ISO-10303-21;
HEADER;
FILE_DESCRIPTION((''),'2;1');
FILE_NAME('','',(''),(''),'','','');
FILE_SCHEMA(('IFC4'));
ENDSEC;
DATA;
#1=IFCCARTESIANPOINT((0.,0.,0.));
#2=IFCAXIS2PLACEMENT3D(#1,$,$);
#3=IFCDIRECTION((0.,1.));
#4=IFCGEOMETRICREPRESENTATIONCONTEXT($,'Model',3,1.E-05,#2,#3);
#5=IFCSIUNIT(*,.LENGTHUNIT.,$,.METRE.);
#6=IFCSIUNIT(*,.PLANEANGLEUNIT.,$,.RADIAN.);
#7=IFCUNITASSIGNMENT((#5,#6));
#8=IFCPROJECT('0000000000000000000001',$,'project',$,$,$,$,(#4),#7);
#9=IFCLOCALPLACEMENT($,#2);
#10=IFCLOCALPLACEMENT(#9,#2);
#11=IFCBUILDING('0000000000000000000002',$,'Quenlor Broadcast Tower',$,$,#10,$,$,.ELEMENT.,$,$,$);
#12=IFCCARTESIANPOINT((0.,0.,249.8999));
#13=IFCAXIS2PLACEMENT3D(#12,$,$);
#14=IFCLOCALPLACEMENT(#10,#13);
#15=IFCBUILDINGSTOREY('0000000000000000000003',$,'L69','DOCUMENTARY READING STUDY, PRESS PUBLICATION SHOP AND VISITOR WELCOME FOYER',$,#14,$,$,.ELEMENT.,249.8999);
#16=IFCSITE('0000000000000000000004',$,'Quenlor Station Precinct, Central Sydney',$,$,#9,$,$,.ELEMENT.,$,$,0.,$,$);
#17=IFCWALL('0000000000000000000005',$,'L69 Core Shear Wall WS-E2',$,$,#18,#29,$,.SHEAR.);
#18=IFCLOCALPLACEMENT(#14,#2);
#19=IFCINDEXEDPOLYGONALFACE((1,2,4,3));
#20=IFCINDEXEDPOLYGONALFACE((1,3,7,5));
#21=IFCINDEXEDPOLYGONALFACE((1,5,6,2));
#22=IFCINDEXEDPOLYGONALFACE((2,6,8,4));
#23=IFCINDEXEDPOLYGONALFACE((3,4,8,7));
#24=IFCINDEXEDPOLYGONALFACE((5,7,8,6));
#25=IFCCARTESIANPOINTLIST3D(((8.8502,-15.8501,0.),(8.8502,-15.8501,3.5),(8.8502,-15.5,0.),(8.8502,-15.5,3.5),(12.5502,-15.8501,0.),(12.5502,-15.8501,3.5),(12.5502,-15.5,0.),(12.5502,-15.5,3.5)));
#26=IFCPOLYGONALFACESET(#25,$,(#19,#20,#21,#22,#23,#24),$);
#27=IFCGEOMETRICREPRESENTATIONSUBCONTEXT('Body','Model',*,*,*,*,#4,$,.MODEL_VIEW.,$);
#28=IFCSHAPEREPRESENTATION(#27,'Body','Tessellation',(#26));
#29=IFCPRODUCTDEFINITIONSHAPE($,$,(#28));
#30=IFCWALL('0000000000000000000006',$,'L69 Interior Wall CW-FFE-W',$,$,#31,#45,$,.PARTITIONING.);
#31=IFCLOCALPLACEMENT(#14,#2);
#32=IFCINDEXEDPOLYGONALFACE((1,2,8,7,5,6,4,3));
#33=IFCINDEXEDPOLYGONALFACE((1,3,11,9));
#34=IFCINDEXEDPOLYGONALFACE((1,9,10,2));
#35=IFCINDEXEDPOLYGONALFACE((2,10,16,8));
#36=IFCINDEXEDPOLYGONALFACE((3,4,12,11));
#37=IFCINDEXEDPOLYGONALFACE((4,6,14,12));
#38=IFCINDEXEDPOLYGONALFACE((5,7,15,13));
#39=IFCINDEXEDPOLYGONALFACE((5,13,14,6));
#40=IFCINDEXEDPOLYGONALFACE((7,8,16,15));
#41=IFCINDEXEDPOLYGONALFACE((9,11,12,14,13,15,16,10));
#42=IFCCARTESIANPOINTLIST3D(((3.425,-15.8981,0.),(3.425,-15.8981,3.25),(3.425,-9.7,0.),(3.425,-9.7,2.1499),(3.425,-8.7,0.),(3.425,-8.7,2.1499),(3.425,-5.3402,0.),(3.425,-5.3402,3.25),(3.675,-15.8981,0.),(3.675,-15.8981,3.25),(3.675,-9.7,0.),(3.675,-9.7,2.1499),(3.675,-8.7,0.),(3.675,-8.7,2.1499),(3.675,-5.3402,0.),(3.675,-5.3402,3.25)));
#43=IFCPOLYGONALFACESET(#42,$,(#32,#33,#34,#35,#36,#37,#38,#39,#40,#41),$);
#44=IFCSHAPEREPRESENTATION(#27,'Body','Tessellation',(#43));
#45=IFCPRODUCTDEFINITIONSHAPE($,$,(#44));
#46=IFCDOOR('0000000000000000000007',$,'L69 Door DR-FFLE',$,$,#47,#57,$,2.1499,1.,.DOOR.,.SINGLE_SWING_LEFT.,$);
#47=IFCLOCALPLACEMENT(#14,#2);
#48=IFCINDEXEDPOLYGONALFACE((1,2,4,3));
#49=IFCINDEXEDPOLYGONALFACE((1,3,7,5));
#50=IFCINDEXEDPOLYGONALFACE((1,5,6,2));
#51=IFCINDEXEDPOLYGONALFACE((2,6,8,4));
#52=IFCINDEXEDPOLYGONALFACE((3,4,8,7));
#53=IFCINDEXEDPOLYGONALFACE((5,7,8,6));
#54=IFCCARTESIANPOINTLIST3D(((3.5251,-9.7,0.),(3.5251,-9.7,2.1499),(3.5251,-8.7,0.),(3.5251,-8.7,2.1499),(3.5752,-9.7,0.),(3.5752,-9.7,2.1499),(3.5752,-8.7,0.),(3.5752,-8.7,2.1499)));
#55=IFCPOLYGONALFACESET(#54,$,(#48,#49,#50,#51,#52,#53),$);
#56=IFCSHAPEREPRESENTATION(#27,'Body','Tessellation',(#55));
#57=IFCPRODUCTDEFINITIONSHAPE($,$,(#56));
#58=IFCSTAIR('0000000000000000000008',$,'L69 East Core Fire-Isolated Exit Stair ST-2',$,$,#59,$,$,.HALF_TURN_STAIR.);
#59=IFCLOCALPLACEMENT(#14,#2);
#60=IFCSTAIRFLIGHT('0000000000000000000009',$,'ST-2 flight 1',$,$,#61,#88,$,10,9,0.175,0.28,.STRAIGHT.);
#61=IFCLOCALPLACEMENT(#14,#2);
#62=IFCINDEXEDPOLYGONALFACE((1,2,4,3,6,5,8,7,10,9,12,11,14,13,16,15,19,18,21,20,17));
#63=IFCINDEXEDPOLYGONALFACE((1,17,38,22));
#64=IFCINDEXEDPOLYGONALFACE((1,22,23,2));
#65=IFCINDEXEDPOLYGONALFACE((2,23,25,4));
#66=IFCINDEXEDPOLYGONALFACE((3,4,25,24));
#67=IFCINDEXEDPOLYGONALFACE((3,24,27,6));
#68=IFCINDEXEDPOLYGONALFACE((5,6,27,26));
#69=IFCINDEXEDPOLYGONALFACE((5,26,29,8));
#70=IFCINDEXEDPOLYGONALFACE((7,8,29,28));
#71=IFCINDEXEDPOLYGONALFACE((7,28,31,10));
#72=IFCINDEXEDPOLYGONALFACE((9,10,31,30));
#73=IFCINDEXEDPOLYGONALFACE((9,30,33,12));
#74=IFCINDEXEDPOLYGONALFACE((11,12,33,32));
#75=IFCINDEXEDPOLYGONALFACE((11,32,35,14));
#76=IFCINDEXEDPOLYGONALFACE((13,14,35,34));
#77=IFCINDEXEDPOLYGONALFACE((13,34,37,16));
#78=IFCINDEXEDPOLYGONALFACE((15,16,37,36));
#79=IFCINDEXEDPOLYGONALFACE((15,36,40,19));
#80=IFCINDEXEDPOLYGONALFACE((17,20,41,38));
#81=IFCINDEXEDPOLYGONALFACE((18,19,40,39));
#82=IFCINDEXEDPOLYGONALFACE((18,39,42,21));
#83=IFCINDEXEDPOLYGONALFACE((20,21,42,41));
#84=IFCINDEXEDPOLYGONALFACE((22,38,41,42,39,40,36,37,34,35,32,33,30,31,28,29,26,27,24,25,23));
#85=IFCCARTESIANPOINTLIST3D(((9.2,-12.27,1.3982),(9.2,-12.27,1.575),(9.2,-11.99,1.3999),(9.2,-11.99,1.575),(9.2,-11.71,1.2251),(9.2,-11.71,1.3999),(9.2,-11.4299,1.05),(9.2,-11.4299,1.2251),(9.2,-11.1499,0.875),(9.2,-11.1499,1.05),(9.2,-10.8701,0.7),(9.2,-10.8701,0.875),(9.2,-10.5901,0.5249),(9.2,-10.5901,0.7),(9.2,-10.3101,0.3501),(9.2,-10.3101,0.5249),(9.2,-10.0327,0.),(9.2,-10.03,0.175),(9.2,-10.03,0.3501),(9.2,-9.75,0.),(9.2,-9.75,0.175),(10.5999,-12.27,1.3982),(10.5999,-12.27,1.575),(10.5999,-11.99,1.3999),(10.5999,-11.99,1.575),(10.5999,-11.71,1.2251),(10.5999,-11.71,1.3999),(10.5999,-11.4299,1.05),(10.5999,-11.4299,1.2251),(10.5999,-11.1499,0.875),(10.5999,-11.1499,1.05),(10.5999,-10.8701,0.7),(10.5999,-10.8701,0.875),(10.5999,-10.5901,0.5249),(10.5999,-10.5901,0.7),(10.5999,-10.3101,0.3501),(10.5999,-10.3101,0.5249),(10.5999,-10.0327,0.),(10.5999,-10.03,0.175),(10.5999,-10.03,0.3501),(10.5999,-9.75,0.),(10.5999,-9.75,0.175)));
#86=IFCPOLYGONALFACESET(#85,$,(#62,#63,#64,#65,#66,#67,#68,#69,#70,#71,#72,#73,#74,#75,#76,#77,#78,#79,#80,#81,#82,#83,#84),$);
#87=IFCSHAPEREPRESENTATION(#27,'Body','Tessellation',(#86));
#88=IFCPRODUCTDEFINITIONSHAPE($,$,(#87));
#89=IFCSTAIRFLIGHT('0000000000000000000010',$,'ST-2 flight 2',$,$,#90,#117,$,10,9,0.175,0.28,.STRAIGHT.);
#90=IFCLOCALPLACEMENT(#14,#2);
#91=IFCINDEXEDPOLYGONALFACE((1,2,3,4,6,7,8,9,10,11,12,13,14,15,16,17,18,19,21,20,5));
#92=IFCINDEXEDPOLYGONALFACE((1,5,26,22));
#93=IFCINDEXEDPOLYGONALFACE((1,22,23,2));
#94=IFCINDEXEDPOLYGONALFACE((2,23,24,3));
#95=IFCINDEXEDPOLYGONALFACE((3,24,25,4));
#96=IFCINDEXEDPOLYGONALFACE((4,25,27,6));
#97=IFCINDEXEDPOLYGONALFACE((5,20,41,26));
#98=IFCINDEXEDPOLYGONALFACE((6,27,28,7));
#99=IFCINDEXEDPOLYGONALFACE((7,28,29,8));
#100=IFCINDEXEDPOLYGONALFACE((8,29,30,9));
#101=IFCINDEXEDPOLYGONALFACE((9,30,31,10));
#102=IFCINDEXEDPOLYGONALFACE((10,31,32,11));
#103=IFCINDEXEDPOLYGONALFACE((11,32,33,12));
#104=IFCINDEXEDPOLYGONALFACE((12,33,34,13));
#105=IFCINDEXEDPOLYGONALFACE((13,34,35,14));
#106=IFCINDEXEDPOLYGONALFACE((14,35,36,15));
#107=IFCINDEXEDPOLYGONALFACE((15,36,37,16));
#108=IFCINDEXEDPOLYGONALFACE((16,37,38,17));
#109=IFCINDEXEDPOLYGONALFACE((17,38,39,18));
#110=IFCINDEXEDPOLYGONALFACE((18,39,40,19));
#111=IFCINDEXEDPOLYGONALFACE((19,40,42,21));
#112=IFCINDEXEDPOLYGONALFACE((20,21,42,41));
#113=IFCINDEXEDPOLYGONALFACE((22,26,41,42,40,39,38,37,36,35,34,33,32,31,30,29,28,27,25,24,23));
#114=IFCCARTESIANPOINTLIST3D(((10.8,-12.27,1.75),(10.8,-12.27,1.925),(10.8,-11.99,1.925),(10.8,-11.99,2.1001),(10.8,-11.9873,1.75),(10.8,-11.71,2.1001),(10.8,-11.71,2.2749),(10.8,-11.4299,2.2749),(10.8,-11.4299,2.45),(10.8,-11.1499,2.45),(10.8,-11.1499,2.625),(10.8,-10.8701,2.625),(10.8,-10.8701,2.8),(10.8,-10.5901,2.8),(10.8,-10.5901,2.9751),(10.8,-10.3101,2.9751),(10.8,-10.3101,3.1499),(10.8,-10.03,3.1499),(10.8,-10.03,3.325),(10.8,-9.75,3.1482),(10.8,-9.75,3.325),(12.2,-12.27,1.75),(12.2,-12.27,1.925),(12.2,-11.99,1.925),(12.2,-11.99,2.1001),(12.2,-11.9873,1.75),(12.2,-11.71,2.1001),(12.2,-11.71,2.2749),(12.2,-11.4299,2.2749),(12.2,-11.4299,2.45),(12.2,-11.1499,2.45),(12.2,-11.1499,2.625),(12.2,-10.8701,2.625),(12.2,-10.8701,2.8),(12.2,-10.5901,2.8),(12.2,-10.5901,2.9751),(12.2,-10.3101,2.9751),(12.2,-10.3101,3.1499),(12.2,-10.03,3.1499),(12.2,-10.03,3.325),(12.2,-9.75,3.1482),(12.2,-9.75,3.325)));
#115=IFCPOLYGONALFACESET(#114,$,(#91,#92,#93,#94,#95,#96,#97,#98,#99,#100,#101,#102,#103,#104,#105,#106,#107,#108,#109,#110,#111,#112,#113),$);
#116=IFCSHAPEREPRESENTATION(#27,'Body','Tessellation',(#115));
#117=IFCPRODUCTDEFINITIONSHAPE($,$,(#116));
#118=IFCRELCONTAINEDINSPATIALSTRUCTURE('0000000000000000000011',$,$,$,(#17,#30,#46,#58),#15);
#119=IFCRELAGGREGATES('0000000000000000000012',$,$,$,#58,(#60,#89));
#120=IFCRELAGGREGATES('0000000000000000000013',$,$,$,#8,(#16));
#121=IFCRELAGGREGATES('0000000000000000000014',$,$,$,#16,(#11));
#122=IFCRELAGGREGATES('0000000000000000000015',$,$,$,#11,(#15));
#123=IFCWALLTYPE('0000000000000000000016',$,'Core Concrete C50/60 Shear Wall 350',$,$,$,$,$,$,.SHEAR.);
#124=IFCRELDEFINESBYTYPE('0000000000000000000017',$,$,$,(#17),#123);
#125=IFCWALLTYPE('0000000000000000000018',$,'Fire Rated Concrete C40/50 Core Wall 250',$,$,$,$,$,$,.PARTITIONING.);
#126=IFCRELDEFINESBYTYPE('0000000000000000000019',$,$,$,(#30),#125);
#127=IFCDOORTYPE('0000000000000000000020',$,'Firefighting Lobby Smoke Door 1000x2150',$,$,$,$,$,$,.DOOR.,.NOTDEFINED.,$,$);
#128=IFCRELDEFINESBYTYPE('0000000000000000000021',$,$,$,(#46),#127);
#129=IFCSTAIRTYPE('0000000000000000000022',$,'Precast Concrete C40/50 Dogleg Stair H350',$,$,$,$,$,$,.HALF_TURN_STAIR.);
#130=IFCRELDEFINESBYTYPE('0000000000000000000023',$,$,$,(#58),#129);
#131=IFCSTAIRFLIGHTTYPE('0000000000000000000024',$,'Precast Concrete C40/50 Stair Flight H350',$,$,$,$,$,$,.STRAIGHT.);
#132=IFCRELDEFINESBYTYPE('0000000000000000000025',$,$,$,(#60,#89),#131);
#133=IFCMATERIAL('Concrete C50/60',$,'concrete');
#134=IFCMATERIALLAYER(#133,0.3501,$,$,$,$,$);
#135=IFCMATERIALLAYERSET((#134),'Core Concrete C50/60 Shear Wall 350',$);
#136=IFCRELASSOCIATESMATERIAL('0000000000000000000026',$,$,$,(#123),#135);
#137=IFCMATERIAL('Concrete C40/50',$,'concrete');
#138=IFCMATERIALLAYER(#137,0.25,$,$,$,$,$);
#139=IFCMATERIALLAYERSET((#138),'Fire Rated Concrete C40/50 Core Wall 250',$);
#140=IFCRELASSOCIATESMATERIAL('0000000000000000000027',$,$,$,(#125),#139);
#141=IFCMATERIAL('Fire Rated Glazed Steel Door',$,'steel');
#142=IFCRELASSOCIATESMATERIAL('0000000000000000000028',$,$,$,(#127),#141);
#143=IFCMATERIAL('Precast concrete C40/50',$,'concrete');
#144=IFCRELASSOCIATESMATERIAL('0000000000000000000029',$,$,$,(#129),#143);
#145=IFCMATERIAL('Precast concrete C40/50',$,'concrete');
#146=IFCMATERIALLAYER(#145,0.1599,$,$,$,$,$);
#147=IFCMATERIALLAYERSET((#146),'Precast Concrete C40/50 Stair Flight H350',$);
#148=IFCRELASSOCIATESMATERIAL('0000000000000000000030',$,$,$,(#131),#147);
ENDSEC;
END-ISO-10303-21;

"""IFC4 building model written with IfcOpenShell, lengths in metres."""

from ifc_helpers import new_model, si_unit, direction, frame, frame_2d, origin, place, context, subcontext, project, spatial, polyline, rectangle, outline, extrude, material, layer, layer_set, type_object, element, fill, aggregate, save


model = new_model("IFC4")

# Units and contexts
model_context = context("Model", 3, precision=1e-05, world=origin(), true_north=direction((0.0, 1.0)))
body_context = subcontext(model_context, "Body", "Model", "MODEL_VIEW")
ifc_project = project(units=[si_unit("LENGTHUNIT", "METRE"), si_unit("PLANEANGLEUNIT", "RADIAN")], contexts=[model_context])

# Site, building, storey
site_placement = place(None, origin())
site = spatial("IfcSite", under=ifc_project, at=site_placement, Name="Quenlor Station Precinct, Central Sydney", CompositionType="ELEMENT", RefElevation=0.0)
building_placement = place(site_placement, origin())
building = spatial("IfcBuilding", under=site, at=building_placement, Name="Quenlor Broadcast Tower", CompositionType="ELEMENT")
storey_placement = place(building_placement, frame((0.0, 0.0, 249.8999)))
storey = spatial("IfcBuildingStorey", under=building, at=storey_placement, Name="L69", Description="DOCUMENTARY READING STUDY, PRESS PUBLICATION SHOP AND VISITOR WELCOME FOYER", CompositionType="ELEMENT", Elevation=249.8999)

# Wall
ifc_material_1 = material(Name="Concrete C50/60", Category="concrete")
ifc_layer_1 = layer(ifc_material_1, 0.3501)
ifc_layer_set_1 = layer_set([ifc_layer_1], Name="Core Concrete C50/60 Shear Wall 350")
wall_type_1 = type_object("IfcWallType", Name="Core Concrete C50/60 Shear Wall 350", PredefinedType="SHEAR", material=ifc_layer_set_1)
wall_1_placement = place(storey_placement, frame((8.8501, -15.675, 0.0), z_axis=(0.0, 0.0, 1.0), x_axis=(1.0, 0.0, 0.0)))
element("IfcWall", 1, at=wall_1_placement, inside=storey, type_object=wall_type_1, Name="L69 Core Shear Wall WS-E2", PredefinedType="SHEAR", context=body_context, shape_type="SweptSolid", body=[
    extrude(rectangle(XDim=3.7, YDim=0.3501, at=frame_2d((1.8501, 0.0))), origin(), (0.0, 0.0, 1.0), 3.5),
])

# Shared definitions
ifc_material_2 = material(Name="Concrete C40/50", Category="concrete")
ifc_layer_2 = layer(ifc_material_2, 0.25)
ifc_layer_set_2 = layer_set([ifc_layer_2], Name="Fire Rated Concrete C40/50 Core Wall 250")
wall_type_2 = type_object("IfcWallType", Name="Fire Rated Concrete C40/50 Core Wall 250", PredefinedType="PARTITIONING", material=ifc_layer_set_2)

# Wall, opening, door
wall_2_placement = place(storey_placement, frame((3.55, -15.8979, 0.0), z_axis=(0.0, 0.0, 1.0), x_axis=(0.0, 1.0, 0.0)))
wall_2 = element("IfcWall", 2, at=wall_2_placement, inside=storey, type_object=wall_type_2, Name="L69 Interior Wall CW-FFE-W", PredefinedType="PARTITIONING", context=body_context, shape_type="SweptSolid", body=[
    extrude(rectangle(XDim=10.5579, YDim=0.25, at=frame_2d((5.2788, 0.0))), origin(), (0.0, 0.0, 1.0), 3.25),
])
opening_1_placement = place(wall_2_placement, frame((6.198, 0.0, 0.0)))
opening_1 = element("IfcOpeningElement", 3, at=opening_1_placement, cuts=wall_2, PredefinedType="OPENING", context=body_context, shape_type="SweptSolid", body=[
    extrude(rectangle(XDim=1.0, YDim=2.1499, at=frame_2d((0.5, 1.075))), frame((0.0, 0.135, 0.0), z_axis=(0.0, -1.0, 0.0), x_axis=(1.0, 0.0, 0.0)), (0.0, 0.0, 1.0), 0.27),
])
ifc_material_3 = material(Name="Fire Rated Glazed Steel Door", Category="steel")
door_type_1 = type_object("IfcDoorType", Name="Firefighting Lobby Smoke Door 1000x2150", OperationType="NOTDEFINED", PredefinedType="DOOR", material=ifc_material_3)
door_1_placement = place(opening_1_placement, origin())
door_1 = element("IfcDoor", 4, at=door_1_placement, inside=storey, type_object=door_type_1, Name="L69 Door DR-FFLE", OperationType="SINGLE_SWING_LEFT", OverallHeight=2.1499, OverallWidth=1.0, PredefinedType="DOOR", context=body_context, shape_type="SweptSolid", body=[
    extrude(rectangle(XDim=1.0, YDim=2.1499, at=frame_2d((0.5, 1.075))), frame((0.0, 0.0249, 0.0), z_axis=(0.0, -1.0, 0.0), x_axis=(1.0, 0.0, 0.0)), (0.0, 0.0, 1.0), 0.05),
])
fill(opening_1, door_1)

# Stair, stair flights
ifc_material_4 = material(Name="Precast concrete C40/50", Category="concrete")
stair_type = type_object("IfcStairType", Name="Precast Concrete C40/50 Dogleg Stair H350", PredefinedType="HALF_TURN_STAIR", material=ifc_material_4)
stair_placement = place(storey_placement, origin())
stair = element("IfcStair", 5, at=stair_placement, inside=storey, type_object=stair_type, Name="L69 East Core Fire-Isolated Exit Stair ST-2", PredefinedType="HALF_TURN_STAIR")
ifc_material_5 = material(Name="Precast concrete C40/50", Category="concrete")
ifc_layer_3 = layer(ifc_material_5, 0.1599)
ifc_layer_set_3 = layer_set([ifc_layer_3], Name="Precast Concrete C40/50 Stair Flight H350")
stair_flight_type = type_object("IfcStairFlightType", Name="Precast Concrete C40/50 Stair Flight H350", PredefinedType="STRAIGHT", material=ifc_layer_set_3)
stair_flight_1_placement = place(storey_placement, frame((9.8999, -9.75, 0.0), z_axis=(0.0, 0.0, 1.0), x_axis=(0.0, -1.0, 0.0)))
stair_flight_1 = element("IfcStairFlight", 6, at=stair_flight_1_placement, type_object=stair_flight_type, Name="ST-2 flight 1", NumberOfRisers=10, NumberOfTreads=9, PredefinedType="STRAIGHT", RiserHeight=0.175, TreadLength=0.28, context=body_context, shape_type="SweptSolid", body=[
    extrude(outline(polyline([(0.0, 0.0), (0.0, 0.175), (0.28, 0.175), (0.28, 0.3501), (0.5601, 0.3501), (0.5601, 0.5249), (0.8401, 0.5249), (0.8401, 0.7), (1.1201, 0.7), (1.1201, 0.875), (1.3999, 0.875), (1.3999, 1.05), (1.6799, 1.05), (1.6799, 1.2251), (1.96, 1.2251), (1.96, 1.3999), (2.24, 1.3999), (2.24, 1.575), (2.52, 1.575), (2.52, 1.75), (2.52, 1.3982), (0.2827, 0.0), (0.0, 0.0)])), frame((0.0, 0.7, 0.0), z_axis=(0.0, -1.0, 0.0), x_axis=(1.0, 0.0, 0.0)), (0.0, 0.0, 1.0), 1.3999),
])
stair_flight_2_placement = place(storey_placement, frame((11.5, -12.27, 1.75), z_axis=(0.0, 0.0, 1.0), x_axis=(0.0, 1.0, 0.0)))
stair_flight_2 = element("IfcStairFlight", 7, at=stair_flight_2_placement, type_object=stair_flight_type, Name="ST-2 flight 2", NumberOfRisers=10, NumberOfTreads=9, PredefinedType="STRAIGHT", RiserHeight=0.175, TreadLength=0.28, context=body_context, shape_type="SweptSolid", body=[
    extrude(outline(polyline([(0.0, 0.0), (0.0, 0.175), (0.28, 0.175), (0.28, 0.3501), (0.5601, 0.3501), (0.5601, 0.5249), (0.8401, 0.5249), (0.8401, 0.7), (1.1201, 0.7), (1.1201, 0.875), (1.3999, 0.875), (1.3999, 1.05), (1.6799, 1.05), (1.6799, 1.2251), (1.96, 1.2251), (1.96, 1.3999), (2.24, 1.3999), (2.24, 1.575), (2.52, 1.575), (2.52, 1.75), (2.52, 1.3982), (0.2827, 0.0), (0.0, 0.0)])), frame((0.0, 0.7, 0.0), z_axis=(0.0, -1.0, 0.0), x_axis=(1.0, 0.0, 0.0)), (0.0, 0.0, 1.0), 1.3999),
])
aggregate(stair, [stair_flight_1, stair_flight_2])

save(model, "model.ifc")
